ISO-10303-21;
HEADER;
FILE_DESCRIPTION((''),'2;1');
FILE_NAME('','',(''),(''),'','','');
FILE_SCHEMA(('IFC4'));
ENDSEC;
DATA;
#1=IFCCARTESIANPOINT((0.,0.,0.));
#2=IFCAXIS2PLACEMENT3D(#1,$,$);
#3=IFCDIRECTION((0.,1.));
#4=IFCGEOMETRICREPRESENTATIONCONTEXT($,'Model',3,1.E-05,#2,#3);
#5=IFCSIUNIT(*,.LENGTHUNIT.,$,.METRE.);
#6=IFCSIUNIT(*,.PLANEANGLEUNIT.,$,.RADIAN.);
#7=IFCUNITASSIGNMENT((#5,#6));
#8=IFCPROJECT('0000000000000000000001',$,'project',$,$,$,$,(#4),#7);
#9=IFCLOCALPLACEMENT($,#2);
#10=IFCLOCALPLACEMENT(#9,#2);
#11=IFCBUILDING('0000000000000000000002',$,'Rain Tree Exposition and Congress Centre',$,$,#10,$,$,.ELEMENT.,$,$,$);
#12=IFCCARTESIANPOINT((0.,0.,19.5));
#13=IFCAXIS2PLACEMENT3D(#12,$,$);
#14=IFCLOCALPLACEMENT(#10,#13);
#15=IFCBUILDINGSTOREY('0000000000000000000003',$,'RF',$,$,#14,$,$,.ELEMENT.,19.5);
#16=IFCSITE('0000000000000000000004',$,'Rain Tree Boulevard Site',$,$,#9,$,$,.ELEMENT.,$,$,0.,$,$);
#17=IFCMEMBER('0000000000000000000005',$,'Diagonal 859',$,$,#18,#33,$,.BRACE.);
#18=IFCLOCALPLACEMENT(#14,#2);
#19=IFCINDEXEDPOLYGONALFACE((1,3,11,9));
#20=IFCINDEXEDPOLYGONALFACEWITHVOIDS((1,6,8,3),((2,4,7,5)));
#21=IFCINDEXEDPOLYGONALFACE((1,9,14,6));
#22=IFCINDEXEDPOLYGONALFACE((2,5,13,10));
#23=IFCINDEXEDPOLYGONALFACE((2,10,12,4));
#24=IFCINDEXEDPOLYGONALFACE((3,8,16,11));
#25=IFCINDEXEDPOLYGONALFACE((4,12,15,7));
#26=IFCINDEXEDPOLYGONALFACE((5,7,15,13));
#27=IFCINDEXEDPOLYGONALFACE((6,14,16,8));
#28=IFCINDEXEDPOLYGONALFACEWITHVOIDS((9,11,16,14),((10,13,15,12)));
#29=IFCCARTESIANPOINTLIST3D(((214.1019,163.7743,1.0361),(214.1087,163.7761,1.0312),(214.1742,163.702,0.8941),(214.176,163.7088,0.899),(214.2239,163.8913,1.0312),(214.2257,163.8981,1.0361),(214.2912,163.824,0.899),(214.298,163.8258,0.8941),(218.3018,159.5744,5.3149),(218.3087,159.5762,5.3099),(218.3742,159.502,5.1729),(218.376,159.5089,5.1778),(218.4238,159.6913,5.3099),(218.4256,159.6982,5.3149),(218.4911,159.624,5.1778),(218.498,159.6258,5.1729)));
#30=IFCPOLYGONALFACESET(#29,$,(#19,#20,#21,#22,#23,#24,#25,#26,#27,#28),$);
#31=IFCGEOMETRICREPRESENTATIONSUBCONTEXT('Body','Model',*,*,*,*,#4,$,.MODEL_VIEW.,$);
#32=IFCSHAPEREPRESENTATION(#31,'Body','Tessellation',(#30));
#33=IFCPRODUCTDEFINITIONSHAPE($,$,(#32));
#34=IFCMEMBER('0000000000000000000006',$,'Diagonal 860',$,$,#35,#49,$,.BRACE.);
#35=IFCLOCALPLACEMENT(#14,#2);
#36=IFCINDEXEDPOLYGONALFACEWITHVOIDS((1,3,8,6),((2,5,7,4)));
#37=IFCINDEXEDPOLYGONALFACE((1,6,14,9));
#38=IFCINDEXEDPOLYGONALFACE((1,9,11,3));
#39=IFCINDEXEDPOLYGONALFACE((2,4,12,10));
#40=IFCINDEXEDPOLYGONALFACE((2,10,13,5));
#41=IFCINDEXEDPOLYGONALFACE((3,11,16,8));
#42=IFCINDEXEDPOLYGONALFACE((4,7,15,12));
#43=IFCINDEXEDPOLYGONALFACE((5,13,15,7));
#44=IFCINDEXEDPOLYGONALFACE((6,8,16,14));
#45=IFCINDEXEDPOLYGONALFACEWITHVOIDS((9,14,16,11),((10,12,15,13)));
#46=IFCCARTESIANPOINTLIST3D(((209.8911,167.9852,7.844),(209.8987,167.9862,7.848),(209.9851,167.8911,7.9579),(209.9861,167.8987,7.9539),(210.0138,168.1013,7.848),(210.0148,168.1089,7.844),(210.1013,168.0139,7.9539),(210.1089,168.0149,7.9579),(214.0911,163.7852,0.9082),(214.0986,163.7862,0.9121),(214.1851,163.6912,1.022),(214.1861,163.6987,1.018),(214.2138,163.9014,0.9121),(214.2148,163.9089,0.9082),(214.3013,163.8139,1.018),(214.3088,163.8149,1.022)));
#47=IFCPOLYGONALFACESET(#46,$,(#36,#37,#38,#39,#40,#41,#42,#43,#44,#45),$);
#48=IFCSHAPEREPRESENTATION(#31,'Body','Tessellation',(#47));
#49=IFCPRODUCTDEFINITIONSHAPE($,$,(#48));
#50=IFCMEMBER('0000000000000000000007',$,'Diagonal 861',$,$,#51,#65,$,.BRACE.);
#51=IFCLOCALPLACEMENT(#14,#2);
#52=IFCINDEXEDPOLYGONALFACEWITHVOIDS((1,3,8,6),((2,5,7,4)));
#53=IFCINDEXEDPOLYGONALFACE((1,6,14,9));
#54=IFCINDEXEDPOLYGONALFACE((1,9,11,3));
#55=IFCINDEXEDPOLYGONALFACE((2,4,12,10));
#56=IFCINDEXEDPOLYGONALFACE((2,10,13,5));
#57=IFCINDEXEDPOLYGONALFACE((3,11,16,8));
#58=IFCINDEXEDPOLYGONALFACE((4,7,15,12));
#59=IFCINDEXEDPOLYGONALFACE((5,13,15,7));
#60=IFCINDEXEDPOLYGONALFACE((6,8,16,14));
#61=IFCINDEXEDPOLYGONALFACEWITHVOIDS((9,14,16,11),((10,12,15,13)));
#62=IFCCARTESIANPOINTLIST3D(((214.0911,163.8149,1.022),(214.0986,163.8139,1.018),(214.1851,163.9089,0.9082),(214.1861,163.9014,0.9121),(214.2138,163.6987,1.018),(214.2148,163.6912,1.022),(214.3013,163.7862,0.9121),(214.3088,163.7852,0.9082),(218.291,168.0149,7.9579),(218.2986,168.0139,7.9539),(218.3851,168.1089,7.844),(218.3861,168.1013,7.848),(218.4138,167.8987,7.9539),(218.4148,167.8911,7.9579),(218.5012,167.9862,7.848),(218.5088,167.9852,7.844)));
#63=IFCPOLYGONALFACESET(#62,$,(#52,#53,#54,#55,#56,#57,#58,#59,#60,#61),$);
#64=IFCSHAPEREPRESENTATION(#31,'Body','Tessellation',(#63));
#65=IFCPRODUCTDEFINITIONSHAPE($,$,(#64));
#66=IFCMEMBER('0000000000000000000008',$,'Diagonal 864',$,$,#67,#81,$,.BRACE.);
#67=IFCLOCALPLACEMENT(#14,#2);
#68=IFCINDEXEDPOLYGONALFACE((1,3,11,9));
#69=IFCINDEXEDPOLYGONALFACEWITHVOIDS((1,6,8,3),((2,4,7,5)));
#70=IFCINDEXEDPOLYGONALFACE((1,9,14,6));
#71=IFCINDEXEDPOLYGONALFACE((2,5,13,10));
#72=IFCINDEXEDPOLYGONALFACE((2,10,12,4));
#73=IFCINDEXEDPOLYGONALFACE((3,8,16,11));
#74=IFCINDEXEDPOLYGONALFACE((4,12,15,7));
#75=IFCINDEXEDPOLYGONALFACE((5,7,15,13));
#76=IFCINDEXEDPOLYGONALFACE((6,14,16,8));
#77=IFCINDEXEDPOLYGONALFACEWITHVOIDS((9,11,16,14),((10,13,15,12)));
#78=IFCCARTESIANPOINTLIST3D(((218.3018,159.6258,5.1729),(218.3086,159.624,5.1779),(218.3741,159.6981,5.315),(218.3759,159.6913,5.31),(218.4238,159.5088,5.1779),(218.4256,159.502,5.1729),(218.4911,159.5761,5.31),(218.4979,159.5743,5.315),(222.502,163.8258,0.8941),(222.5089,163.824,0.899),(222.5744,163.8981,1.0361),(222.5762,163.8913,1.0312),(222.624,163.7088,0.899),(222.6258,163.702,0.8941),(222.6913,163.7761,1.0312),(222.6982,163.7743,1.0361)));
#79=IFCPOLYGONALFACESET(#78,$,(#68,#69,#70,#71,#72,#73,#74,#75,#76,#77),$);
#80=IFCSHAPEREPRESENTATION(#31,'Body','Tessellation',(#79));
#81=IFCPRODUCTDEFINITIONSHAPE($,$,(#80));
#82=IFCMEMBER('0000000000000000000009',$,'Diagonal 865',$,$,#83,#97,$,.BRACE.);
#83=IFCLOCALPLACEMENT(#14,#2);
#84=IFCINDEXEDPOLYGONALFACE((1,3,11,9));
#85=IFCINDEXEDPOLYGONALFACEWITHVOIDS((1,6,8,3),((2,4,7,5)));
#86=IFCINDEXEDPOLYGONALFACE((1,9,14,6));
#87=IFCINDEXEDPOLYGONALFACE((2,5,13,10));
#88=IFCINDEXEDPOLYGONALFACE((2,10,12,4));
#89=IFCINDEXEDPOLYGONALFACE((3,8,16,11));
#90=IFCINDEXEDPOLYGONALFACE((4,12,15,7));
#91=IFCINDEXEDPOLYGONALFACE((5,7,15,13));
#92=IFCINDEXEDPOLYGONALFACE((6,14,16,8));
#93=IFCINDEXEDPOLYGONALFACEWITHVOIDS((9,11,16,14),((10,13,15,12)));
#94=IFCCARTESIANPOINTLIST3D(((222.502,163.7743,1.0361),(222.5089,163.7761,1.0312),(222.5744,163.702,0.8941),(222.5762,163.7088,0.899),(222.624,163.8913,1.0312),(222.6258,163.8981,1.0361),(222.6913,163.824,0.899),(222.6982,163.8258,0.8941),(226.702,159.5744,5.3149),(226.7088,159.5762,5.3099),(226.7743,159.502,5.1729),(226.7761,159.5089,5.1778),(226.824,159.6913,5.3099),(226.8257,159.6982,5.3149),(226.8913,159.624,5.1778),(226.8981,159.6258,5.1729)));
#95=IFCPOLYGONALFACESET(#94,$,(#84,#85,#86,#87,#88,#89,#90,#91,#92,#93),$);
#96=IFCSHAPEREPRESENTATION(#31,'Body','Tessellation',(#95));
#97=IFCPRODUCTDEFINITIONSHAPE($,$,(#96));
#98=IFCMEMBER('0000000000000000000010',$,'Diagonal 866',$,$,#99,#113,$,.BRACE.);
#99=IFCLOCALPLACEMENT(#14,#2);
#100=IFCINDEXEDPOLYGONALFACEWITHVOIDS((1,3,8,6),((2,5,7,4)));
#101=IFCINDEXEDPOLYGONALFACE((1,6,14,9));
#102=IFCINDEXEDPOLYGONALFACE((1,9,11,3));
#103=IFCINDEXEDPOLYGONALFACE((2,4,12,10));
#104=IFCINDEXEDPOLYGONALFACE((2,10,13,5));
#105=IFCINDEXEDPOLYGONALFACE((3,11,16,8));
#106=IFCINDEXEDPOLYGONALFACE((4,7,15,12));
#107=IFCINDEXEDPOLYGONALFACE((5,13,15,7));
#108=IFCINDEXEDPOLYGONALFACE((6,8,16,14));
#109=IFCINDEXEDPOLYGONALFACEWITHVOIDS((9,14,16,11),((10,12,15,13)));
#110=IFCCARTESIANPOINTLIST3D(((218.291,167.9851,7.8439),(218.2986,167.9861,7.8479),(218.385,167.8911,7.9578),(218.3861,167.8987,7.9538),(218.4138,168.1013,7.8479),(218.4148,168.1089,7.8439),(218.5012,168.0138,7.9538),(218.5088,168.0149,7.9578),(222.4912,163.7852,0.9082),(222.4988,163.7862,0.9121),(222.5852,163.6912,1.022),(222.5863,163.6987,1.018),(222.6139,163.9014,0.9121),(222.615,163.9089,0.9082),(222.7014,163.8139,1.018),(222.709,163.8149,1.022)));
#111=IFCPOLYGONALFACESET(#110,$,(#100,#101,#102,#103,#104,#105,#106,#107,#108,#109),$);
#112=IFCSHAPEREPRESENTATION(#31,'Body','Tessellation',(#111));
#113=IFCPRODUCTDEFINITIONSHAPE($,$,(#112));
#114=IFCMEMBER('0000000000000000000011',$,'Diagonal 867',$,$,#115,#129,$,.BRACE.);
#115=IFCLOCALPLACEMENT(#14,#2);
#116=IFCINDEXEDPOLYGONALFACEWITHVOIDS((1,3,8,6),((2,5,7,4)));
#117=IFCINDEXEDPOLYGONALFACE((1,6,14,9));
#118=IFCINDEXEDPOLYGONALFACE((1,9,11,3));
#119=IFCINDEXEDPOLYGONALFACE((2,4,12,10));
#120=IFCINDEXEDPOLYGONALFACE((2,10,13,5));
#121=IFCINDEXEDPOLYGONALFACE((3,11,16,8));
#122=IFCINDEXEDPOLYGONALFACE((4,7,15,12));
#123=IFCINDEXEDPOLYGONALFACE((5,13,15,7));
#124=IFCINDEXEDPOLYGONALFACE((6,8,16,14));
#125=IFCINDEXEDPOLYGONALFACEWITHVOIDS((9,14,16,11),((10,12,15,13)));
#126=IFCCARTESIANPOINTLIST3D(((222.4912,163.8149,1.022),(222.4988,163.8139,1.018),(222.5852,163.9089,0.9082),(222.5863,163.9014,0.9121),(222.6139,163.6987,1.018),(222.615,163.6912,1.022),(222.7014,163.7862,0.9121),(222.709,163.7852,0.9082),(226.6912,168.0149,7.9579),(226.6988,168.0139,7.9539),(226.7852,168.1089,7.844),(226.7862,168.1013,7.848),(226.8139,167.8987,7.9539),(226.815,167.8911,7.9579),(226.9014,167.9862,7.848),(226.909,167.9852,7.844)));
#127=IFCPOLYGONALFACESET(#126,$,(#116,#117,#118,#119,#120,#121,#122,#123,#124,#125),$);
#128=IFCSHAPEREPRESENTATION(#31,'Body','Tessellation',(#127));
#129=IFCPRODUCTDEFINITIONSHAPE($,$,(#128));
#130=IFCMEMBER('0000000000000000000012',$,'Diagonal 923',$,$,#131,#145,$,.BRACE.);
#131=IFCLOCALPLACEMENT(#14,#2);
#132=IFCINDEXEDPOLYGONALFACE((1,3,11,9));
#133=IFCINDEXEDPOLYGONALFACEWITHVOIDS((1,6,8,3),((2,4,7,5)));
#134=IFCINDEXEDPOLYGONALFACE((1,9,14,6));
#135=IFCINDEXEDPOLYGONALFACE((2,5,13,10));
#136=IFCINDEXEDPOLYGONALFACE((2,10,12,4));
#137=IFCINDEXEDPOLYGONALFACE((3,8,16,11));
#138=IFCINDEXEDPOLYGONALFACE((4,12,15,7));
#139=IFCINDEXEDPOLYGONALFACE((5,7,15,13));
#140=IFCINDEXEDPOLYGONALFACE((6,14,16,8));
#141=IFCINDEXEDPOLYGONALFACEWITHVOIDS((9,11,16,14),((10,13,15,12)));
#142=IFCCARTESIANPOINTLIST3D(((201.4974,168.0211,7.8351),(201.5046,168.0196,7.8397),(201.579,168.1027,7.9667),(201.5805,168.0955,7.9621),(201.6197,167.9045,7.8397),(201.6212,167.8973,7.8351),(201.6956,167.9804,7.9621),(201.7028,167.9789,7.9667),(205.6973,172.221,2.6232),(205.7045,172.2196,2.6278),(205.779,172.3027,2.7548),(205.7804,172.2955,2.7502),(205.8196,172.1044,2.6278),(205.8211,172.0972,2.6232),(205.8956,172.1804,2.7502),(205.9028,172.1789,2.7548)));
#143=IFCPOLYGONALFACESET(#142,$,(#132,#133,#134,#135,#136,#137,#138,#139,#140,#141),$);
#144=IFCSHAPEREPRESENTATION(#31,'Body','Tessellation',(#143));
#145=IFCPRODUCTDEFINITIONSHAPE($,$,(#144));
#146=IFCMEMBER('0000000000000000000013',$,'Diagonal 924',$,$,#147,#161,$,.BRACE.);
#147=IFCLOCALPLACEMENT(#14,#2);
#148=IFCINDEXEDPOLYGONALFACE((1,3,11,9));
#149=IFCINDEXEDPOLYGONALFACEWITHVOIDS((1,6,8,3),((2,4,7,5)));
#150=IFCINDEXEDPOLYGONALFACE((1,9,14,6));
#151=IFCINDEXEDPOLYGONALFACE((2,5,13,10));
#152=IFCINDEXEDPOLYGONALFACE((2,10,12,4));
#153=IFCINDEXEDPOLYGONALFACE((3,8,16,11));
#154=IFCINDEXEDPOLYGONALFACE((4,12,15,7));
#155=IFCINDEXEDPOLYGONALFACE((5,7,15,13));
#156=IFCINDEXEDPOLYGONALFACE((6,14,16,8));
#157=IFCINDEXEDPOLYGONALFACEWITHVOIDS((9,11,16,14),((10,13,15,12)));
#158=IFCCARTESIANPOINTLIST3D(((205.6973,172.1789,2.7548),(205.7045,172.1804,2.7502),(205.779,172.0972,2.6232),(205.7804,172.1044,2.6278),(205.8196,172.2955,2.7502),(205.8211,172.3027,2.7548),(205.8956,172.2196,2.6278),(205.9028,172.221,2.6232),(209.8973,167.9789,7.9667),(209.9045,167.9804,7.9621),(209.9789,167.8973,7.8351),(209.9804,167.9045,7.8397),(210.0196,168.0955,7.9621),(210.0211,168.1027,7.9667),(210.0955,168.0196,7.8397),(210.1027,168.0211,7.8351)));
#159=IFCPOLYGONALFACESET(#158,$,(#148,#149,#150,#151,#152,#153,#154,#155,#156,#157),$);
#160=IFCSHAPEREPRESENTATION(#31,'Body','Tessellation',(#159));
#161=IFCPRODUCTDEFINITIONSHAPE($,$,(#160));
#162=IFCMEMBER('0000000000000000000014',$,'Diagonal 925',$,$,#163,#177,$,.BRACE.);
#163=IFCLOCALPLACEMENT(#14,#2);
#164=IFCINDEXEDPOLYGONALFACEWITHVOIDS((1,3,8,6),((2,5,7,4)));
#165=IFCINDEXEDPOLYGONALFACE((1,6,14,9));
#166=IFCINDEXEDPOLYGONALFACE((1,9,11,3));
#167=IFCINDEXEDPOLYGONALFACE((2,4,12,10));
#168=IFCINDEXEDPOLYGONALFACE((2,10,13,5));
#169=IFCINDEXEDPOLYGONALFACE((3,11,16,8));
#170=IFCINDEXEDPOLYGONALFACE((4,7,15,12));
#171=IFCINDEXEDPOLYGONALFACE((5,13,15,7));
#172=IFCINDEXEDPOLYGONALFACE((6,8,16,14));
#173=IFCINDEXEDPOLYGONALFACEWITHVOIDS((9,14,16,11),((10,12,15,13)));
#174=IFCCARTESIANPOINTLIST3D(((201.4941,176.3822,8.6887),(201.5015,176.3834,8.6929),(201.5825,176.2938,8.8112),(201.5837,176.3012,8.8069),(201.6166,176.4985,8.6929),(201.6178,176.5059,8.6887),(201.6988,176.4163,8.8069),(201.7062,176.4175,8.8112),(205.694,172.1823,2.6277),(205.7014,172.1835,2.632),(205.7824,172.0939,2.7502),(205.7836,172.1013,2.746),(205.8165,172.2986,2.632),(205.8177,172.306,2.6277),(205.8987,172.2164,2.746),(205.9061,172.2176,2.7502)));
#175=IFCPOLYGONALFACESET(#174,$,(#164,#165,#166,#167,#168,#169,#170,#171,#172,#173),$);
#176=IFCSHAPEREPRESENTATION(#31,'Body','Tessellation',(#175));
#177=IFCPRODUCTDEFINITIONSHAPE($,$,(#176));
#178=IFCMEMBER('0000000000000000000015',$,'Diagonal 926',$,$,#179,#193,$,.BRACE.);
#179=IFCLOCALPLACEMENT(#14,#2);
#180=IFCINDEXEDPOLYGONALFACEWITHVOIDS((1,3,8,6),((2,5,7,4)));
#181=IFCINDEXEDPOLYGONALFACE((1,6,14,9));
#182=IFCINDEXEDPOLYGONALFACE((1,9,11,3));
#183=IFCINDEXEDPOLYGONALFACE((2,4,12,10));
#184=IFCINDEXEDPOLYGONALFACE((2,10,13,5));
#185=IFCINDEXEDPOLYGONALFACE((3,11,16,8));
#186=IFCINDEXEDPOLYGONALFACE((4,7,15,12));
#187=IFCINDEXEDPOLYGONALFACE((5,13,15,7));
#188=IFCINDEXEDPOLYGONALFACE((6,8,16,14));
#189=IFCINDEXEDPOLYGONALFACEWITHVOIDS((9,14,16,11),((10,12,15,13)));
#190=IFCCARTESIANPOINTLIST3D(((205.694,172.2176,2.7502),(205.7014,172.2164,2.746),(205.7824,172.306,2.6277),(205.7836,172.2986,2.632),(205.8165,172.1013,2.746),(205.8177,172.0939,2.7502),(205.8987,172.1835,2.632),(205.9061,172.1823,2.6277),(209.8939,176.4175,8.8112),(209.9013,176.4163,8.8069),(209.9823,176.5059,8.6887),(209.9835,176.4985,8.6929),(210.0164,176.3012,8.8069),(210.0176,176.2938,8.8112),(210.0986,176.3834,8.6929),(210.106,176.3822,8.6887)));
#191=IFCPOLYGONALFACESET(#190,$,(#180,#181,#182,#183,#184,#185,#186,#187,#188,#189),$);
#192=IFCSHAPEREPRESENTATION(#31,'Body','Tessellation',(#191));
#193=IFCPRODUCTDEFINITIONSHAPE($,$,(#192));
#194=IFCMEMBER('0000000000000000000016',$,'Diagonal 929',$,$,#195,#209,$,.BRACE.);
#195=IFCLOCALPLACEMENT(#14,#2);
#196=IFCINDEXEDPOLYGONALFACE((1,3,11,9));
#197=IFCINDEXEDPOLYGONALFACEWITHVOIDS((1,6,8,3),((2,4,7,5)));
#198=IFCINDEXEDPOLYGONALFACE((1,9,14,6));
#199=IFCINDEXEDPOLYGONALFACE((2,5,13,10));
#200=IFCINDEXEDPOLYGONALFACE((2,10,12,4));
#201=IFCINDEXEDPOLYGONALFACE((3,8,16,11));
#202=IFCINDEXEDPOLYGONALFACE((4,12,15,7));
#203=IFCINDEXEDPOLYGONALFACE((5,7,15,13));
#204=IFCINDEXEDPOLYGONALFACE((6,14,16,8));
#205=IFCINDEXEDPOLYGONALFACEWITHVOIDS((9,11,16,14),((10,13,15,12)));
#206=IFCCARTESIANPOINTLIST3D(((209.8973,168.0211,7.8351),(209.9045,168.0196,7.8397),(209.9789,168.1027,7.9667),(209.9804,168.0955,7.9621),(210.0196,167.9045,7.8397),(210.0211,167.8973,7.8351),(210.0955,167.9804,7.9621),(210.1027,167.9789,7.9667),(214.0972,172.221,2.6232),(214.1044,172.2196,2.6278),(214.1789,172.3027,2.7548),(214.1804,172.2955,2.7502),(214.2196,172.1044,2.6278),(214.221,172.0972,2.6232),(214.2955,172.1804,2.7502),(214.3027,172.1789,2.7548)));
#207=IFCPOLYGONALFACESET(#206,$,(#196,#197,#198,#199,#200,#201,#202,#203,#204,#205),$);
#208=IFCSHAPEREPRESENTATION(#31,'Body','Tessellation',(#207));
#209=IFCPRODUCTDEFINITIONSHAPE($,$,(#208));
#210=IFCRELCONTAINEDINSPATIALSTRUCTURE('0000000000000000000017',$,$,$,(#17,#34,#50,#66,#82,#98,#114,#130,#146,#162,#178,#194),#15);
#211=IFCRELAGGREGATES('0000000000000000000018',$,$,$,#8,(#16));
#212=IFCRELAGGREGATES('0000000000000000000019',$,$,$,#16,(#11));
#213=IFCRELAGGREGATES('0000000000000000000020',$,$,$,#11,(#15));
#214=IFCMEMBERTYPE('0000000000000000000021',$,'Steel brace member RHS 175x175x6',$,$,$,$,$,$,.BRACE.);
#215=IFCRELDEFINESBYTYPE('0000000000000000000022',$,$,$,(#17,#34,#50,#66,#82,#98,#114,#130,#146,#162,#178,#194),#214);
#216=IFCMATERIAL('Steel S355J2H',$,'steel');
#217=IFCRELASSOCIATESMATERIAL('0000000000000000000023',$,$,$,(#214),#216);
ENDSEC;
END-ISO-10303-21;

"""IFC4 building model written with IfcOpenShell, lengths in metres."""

from ifc_helpers import new_model, si_unit, direction, frame, origin, origin_2d, place, context, subcontext, project, spatial, hollow_rectangle, extrude, material, material_profile, profile_set, type_object, element, save


model = new_model("IFC4")

# Units and contexts
model_context = context("Model", 3, precision=1e-05, world=origin(), true_north=direction((0.0, 1.0)))
body_context = subcontext(model_context, "Body", "Model", "MODEL_VIEW")
ifc_project = project(units=[si_unit("LENGTHUNIT", "METRE"), si_unit("PLANEANGLEUNIT", "RADIAN")], contexts=[model_context])

# Site, building, storey
site_placement = place(None, origin())
site = spatial("IfcSite", under=ifc_project, at=site_placement, Name="Rain Tree Boulevard Site", CompositionType="ELEMENT", RefElevation=0.0)
building_placement = place(site_placement, origin())
building = spatial("IfcBuilding", under=site, at=building_placement, Name="Rain Tree Exposition and Congress Centre", CompositionType="ELEMENT")
storey_placement = place(building_placement, frame((0.0, 0.0, 19.5)))
storey = spatial("IfcBuildingStorey", under=building, at=storey_placement, Name="RF", CompositionType="ELEMENT", Elevation=19.5)

# Members
ifc_material_1 = material(Name="Steel S355J2H", Category="steel")
ifc_material_profile_1 = material_profile(ifc_material_1, hollow_rectangle(XDim=0.175, YDim=0.175, WallThickness=0.0061, at=origin_2d()), Name="RHS 175x175x6")
ifc_profile_set_1 = profile_set([ifc_material_profile_1], Name="Steel S355J2H")
member_type_1 = type_object("IfcMemberType", Name="Steel brace member RHS 175x175x6", PredefinedType="BRACE", material=ifc_profile_set_1)
member_1_placement = place(storey_placement, frame((214.2, 163.8, 0.9651), z_axis=(0.573737, -0.573737, 0.58451), x_axis=(0.707107, 0.707107, 0.0)))
element("IfcMember", 1, at=member_1_placement, inside=storey, type_object=member_type_1, Name="Diagonal 859", PredefinedType="BRACE", context=body_context, shape_type="SweptSolid", body=[
    extrude(hollow_rectangle(XDim=0.175, YDim=0.175, WallThickness=0.0061, at=origin_2d()), origin(), (0.0, 0.0, 1.0), 7.3203),
])
for number, where, z_axis, x_axis, name in (
    (2, (214.2, 163.8, 0.9651), (-0.459941, 0.459941, 0.759545), (-0.707107, -0.707107, 0.0), "Diagonal 860"),
    (3, (214.2, 163.8, 0.9651), (0.459941, 0.459941, 0.759545), (-0.707107, 0.707107, 0.0), "Diagonal 861"),
):
    element("IfcMember", number, at=place(storey_placement, frame(where, z_axis=z_axis, x_axis=x_axis)), inside=storey, type_object=member_type_1, Name=name, PredefinedType="BRACE", context=body_context, shape_type="SweptSolid", body=[
        extrude(hollow_rectangle(XDim=0.175, YDim=0.175, WallThickness=0.0061, at=origin_2d()), origin(), (0.0, 0.0, 1.0), 9.1316),
    ])
member_2_placement = place(storey_placement, frame((222.6001, 163.8, 0.9651), z_axis=(-0.57376, -0.573726, 0.584498), x_axis=(0.707086, -0.707127, 0.0)))
element("IfcMember", 4, at=member_2_placement, inside=storey, type_object=member_type_1, Name="Diagonal 864", PredefinedType="BRACE", context=body_context, shape_type="SweptSolid", body=[
    extrude(hollow_rectangle(XDim=0.175, YDim=0.175, WallThickness=0.0061, at=origin_2d()), origin(), (0.0, 0.0, 1.0), 7.3206),
])
member_3_placement = place(storey_placement, frame((222.6001, 163.8, 0.9651), z_axis=(0.573737, -0.573737, 0.58451), x_axis=(0.707107, 0.707107, 0.0)))
element("IfcMember", 5, at=member_3_placement, inside=storey, type_object=member_type_1, Name="Diagonal 865", PredefinedType="BRACE", context=body_context, shape_type="SweptSolid", body=[
    extrude(hollow_rectangle(XDim=0.175, YDim=0.175, WallThickness=0.0061, at=origin_2d()), origin(), (0.0, 0.0, 1.0), 7.3203),
])
for number, where, z_axis, x_axis, name in (
    (6, (222.6001, 163.8, 0.9651), (-0.459962, 0.459935, 0.759536), (-0.707086, -0.707127, 0.0), "Diagonal 866"),
    (7, (222.6001, 163.8, 0.9651), (0.459941, 0.459941, 0.759545), (-0.707107, 0.707107, 0.0), "Diagonal 867"),
):
    element("IfcMember", number, at=place(storey_placement, frame(where, z_axis=z_axis, x_axis=x_axis)), inside=storey, type_object=member_type_1, Name=name, PredefinedType="BRACE", context=body_context, shape_type="SweptSolid", body=[
        extrude(hollow_rectangle(XDim=0.175, YDim=0.175, WallThickness=0.0061, at=origin_2d()), origin(), (0.0, 0.0, 1.0), 9.1316),
    ])
for number, where, z_axis, x_axis, name in (
    (8, (205.8, 172.2, 2.689), (-0.531498, -0.531498, 0.65956), (0.707107, -0.707107, 0.0), "Diagonal 923"),
    (9, (205.8, 172.2, 2.689), (0.531498, -0.531498, 0.65956), (0.707107, 0.707107, 0.0), "Diagonal 924"),
):
    element("IfcMember", number, at=place(storey_placement, frame(where, z_axis=z_axis, x_axis=x_axis)), inside=storey, type_object=member_type_1, Name=name, PredefinedType="BRACE", context=body_context, shape_type="SweptSolid", body=[
        extrude(hollow_rectangle(XDim=0.175, YDim=0.175, WallThickness=0.0061, at=origin_2d()), origin(), (0.0, 0.0, 1.0), 7.9021),
    ])
for number, where, z_axis, x_axis, name in (
    (10, (205.8, 172.2, 2.689), (-0.494916, 0.494916, 0.714224), (-0.707107, -0.707107, 0.0), "Diagonal 925"),
    (11, (205.8, 172.2, 2.689), (0.494916, 0.494916, 0.714224), (-0.707107, 0.707107, 0.0), "Diagonal 926"),
):
    element("IfcMember", number, at=place(storey_placement, frame(where, z_axis=z_axis, x_axis=x_axis)), inside=storey, type_object=member_type_1, Name=name, PredefinedType="BRACE", context=body_context, shape_type="SweptSolid", body=[
        extrude(hollow_rectangle(XDim=0.175, YDim=0.175, WallThickness=0.0061, at=origin_2d()), origin(), (0.0, 0.0, 1.0), 8.4861),
    ])
for number, where, z_axis, x_axis, name in (
    (12, (214.2, 172.2, 2.689), (-0.531498, -0.531498, 0.65956), (0.707107, -0.707107, 0.0), "Diagonal 929"),
):
    element("IfcMember", number, at=place(storey_placement, frame(where, z_axis=z_axis, x_axis=x_axis)), inside=storey, type_object=member_type_1, Name=name, PredefinedType="BRACE", context=body_context, shape_type="SweptSolid", body=[
        extrude(hollow_rectangle(XDim=0.175, YDim=0.175, WallThickness=0.0061, at=origin_2d()), origin(), (0.0, 0.0, 1.0), 7.9021),
    ])

save(model, "model.ifc")
